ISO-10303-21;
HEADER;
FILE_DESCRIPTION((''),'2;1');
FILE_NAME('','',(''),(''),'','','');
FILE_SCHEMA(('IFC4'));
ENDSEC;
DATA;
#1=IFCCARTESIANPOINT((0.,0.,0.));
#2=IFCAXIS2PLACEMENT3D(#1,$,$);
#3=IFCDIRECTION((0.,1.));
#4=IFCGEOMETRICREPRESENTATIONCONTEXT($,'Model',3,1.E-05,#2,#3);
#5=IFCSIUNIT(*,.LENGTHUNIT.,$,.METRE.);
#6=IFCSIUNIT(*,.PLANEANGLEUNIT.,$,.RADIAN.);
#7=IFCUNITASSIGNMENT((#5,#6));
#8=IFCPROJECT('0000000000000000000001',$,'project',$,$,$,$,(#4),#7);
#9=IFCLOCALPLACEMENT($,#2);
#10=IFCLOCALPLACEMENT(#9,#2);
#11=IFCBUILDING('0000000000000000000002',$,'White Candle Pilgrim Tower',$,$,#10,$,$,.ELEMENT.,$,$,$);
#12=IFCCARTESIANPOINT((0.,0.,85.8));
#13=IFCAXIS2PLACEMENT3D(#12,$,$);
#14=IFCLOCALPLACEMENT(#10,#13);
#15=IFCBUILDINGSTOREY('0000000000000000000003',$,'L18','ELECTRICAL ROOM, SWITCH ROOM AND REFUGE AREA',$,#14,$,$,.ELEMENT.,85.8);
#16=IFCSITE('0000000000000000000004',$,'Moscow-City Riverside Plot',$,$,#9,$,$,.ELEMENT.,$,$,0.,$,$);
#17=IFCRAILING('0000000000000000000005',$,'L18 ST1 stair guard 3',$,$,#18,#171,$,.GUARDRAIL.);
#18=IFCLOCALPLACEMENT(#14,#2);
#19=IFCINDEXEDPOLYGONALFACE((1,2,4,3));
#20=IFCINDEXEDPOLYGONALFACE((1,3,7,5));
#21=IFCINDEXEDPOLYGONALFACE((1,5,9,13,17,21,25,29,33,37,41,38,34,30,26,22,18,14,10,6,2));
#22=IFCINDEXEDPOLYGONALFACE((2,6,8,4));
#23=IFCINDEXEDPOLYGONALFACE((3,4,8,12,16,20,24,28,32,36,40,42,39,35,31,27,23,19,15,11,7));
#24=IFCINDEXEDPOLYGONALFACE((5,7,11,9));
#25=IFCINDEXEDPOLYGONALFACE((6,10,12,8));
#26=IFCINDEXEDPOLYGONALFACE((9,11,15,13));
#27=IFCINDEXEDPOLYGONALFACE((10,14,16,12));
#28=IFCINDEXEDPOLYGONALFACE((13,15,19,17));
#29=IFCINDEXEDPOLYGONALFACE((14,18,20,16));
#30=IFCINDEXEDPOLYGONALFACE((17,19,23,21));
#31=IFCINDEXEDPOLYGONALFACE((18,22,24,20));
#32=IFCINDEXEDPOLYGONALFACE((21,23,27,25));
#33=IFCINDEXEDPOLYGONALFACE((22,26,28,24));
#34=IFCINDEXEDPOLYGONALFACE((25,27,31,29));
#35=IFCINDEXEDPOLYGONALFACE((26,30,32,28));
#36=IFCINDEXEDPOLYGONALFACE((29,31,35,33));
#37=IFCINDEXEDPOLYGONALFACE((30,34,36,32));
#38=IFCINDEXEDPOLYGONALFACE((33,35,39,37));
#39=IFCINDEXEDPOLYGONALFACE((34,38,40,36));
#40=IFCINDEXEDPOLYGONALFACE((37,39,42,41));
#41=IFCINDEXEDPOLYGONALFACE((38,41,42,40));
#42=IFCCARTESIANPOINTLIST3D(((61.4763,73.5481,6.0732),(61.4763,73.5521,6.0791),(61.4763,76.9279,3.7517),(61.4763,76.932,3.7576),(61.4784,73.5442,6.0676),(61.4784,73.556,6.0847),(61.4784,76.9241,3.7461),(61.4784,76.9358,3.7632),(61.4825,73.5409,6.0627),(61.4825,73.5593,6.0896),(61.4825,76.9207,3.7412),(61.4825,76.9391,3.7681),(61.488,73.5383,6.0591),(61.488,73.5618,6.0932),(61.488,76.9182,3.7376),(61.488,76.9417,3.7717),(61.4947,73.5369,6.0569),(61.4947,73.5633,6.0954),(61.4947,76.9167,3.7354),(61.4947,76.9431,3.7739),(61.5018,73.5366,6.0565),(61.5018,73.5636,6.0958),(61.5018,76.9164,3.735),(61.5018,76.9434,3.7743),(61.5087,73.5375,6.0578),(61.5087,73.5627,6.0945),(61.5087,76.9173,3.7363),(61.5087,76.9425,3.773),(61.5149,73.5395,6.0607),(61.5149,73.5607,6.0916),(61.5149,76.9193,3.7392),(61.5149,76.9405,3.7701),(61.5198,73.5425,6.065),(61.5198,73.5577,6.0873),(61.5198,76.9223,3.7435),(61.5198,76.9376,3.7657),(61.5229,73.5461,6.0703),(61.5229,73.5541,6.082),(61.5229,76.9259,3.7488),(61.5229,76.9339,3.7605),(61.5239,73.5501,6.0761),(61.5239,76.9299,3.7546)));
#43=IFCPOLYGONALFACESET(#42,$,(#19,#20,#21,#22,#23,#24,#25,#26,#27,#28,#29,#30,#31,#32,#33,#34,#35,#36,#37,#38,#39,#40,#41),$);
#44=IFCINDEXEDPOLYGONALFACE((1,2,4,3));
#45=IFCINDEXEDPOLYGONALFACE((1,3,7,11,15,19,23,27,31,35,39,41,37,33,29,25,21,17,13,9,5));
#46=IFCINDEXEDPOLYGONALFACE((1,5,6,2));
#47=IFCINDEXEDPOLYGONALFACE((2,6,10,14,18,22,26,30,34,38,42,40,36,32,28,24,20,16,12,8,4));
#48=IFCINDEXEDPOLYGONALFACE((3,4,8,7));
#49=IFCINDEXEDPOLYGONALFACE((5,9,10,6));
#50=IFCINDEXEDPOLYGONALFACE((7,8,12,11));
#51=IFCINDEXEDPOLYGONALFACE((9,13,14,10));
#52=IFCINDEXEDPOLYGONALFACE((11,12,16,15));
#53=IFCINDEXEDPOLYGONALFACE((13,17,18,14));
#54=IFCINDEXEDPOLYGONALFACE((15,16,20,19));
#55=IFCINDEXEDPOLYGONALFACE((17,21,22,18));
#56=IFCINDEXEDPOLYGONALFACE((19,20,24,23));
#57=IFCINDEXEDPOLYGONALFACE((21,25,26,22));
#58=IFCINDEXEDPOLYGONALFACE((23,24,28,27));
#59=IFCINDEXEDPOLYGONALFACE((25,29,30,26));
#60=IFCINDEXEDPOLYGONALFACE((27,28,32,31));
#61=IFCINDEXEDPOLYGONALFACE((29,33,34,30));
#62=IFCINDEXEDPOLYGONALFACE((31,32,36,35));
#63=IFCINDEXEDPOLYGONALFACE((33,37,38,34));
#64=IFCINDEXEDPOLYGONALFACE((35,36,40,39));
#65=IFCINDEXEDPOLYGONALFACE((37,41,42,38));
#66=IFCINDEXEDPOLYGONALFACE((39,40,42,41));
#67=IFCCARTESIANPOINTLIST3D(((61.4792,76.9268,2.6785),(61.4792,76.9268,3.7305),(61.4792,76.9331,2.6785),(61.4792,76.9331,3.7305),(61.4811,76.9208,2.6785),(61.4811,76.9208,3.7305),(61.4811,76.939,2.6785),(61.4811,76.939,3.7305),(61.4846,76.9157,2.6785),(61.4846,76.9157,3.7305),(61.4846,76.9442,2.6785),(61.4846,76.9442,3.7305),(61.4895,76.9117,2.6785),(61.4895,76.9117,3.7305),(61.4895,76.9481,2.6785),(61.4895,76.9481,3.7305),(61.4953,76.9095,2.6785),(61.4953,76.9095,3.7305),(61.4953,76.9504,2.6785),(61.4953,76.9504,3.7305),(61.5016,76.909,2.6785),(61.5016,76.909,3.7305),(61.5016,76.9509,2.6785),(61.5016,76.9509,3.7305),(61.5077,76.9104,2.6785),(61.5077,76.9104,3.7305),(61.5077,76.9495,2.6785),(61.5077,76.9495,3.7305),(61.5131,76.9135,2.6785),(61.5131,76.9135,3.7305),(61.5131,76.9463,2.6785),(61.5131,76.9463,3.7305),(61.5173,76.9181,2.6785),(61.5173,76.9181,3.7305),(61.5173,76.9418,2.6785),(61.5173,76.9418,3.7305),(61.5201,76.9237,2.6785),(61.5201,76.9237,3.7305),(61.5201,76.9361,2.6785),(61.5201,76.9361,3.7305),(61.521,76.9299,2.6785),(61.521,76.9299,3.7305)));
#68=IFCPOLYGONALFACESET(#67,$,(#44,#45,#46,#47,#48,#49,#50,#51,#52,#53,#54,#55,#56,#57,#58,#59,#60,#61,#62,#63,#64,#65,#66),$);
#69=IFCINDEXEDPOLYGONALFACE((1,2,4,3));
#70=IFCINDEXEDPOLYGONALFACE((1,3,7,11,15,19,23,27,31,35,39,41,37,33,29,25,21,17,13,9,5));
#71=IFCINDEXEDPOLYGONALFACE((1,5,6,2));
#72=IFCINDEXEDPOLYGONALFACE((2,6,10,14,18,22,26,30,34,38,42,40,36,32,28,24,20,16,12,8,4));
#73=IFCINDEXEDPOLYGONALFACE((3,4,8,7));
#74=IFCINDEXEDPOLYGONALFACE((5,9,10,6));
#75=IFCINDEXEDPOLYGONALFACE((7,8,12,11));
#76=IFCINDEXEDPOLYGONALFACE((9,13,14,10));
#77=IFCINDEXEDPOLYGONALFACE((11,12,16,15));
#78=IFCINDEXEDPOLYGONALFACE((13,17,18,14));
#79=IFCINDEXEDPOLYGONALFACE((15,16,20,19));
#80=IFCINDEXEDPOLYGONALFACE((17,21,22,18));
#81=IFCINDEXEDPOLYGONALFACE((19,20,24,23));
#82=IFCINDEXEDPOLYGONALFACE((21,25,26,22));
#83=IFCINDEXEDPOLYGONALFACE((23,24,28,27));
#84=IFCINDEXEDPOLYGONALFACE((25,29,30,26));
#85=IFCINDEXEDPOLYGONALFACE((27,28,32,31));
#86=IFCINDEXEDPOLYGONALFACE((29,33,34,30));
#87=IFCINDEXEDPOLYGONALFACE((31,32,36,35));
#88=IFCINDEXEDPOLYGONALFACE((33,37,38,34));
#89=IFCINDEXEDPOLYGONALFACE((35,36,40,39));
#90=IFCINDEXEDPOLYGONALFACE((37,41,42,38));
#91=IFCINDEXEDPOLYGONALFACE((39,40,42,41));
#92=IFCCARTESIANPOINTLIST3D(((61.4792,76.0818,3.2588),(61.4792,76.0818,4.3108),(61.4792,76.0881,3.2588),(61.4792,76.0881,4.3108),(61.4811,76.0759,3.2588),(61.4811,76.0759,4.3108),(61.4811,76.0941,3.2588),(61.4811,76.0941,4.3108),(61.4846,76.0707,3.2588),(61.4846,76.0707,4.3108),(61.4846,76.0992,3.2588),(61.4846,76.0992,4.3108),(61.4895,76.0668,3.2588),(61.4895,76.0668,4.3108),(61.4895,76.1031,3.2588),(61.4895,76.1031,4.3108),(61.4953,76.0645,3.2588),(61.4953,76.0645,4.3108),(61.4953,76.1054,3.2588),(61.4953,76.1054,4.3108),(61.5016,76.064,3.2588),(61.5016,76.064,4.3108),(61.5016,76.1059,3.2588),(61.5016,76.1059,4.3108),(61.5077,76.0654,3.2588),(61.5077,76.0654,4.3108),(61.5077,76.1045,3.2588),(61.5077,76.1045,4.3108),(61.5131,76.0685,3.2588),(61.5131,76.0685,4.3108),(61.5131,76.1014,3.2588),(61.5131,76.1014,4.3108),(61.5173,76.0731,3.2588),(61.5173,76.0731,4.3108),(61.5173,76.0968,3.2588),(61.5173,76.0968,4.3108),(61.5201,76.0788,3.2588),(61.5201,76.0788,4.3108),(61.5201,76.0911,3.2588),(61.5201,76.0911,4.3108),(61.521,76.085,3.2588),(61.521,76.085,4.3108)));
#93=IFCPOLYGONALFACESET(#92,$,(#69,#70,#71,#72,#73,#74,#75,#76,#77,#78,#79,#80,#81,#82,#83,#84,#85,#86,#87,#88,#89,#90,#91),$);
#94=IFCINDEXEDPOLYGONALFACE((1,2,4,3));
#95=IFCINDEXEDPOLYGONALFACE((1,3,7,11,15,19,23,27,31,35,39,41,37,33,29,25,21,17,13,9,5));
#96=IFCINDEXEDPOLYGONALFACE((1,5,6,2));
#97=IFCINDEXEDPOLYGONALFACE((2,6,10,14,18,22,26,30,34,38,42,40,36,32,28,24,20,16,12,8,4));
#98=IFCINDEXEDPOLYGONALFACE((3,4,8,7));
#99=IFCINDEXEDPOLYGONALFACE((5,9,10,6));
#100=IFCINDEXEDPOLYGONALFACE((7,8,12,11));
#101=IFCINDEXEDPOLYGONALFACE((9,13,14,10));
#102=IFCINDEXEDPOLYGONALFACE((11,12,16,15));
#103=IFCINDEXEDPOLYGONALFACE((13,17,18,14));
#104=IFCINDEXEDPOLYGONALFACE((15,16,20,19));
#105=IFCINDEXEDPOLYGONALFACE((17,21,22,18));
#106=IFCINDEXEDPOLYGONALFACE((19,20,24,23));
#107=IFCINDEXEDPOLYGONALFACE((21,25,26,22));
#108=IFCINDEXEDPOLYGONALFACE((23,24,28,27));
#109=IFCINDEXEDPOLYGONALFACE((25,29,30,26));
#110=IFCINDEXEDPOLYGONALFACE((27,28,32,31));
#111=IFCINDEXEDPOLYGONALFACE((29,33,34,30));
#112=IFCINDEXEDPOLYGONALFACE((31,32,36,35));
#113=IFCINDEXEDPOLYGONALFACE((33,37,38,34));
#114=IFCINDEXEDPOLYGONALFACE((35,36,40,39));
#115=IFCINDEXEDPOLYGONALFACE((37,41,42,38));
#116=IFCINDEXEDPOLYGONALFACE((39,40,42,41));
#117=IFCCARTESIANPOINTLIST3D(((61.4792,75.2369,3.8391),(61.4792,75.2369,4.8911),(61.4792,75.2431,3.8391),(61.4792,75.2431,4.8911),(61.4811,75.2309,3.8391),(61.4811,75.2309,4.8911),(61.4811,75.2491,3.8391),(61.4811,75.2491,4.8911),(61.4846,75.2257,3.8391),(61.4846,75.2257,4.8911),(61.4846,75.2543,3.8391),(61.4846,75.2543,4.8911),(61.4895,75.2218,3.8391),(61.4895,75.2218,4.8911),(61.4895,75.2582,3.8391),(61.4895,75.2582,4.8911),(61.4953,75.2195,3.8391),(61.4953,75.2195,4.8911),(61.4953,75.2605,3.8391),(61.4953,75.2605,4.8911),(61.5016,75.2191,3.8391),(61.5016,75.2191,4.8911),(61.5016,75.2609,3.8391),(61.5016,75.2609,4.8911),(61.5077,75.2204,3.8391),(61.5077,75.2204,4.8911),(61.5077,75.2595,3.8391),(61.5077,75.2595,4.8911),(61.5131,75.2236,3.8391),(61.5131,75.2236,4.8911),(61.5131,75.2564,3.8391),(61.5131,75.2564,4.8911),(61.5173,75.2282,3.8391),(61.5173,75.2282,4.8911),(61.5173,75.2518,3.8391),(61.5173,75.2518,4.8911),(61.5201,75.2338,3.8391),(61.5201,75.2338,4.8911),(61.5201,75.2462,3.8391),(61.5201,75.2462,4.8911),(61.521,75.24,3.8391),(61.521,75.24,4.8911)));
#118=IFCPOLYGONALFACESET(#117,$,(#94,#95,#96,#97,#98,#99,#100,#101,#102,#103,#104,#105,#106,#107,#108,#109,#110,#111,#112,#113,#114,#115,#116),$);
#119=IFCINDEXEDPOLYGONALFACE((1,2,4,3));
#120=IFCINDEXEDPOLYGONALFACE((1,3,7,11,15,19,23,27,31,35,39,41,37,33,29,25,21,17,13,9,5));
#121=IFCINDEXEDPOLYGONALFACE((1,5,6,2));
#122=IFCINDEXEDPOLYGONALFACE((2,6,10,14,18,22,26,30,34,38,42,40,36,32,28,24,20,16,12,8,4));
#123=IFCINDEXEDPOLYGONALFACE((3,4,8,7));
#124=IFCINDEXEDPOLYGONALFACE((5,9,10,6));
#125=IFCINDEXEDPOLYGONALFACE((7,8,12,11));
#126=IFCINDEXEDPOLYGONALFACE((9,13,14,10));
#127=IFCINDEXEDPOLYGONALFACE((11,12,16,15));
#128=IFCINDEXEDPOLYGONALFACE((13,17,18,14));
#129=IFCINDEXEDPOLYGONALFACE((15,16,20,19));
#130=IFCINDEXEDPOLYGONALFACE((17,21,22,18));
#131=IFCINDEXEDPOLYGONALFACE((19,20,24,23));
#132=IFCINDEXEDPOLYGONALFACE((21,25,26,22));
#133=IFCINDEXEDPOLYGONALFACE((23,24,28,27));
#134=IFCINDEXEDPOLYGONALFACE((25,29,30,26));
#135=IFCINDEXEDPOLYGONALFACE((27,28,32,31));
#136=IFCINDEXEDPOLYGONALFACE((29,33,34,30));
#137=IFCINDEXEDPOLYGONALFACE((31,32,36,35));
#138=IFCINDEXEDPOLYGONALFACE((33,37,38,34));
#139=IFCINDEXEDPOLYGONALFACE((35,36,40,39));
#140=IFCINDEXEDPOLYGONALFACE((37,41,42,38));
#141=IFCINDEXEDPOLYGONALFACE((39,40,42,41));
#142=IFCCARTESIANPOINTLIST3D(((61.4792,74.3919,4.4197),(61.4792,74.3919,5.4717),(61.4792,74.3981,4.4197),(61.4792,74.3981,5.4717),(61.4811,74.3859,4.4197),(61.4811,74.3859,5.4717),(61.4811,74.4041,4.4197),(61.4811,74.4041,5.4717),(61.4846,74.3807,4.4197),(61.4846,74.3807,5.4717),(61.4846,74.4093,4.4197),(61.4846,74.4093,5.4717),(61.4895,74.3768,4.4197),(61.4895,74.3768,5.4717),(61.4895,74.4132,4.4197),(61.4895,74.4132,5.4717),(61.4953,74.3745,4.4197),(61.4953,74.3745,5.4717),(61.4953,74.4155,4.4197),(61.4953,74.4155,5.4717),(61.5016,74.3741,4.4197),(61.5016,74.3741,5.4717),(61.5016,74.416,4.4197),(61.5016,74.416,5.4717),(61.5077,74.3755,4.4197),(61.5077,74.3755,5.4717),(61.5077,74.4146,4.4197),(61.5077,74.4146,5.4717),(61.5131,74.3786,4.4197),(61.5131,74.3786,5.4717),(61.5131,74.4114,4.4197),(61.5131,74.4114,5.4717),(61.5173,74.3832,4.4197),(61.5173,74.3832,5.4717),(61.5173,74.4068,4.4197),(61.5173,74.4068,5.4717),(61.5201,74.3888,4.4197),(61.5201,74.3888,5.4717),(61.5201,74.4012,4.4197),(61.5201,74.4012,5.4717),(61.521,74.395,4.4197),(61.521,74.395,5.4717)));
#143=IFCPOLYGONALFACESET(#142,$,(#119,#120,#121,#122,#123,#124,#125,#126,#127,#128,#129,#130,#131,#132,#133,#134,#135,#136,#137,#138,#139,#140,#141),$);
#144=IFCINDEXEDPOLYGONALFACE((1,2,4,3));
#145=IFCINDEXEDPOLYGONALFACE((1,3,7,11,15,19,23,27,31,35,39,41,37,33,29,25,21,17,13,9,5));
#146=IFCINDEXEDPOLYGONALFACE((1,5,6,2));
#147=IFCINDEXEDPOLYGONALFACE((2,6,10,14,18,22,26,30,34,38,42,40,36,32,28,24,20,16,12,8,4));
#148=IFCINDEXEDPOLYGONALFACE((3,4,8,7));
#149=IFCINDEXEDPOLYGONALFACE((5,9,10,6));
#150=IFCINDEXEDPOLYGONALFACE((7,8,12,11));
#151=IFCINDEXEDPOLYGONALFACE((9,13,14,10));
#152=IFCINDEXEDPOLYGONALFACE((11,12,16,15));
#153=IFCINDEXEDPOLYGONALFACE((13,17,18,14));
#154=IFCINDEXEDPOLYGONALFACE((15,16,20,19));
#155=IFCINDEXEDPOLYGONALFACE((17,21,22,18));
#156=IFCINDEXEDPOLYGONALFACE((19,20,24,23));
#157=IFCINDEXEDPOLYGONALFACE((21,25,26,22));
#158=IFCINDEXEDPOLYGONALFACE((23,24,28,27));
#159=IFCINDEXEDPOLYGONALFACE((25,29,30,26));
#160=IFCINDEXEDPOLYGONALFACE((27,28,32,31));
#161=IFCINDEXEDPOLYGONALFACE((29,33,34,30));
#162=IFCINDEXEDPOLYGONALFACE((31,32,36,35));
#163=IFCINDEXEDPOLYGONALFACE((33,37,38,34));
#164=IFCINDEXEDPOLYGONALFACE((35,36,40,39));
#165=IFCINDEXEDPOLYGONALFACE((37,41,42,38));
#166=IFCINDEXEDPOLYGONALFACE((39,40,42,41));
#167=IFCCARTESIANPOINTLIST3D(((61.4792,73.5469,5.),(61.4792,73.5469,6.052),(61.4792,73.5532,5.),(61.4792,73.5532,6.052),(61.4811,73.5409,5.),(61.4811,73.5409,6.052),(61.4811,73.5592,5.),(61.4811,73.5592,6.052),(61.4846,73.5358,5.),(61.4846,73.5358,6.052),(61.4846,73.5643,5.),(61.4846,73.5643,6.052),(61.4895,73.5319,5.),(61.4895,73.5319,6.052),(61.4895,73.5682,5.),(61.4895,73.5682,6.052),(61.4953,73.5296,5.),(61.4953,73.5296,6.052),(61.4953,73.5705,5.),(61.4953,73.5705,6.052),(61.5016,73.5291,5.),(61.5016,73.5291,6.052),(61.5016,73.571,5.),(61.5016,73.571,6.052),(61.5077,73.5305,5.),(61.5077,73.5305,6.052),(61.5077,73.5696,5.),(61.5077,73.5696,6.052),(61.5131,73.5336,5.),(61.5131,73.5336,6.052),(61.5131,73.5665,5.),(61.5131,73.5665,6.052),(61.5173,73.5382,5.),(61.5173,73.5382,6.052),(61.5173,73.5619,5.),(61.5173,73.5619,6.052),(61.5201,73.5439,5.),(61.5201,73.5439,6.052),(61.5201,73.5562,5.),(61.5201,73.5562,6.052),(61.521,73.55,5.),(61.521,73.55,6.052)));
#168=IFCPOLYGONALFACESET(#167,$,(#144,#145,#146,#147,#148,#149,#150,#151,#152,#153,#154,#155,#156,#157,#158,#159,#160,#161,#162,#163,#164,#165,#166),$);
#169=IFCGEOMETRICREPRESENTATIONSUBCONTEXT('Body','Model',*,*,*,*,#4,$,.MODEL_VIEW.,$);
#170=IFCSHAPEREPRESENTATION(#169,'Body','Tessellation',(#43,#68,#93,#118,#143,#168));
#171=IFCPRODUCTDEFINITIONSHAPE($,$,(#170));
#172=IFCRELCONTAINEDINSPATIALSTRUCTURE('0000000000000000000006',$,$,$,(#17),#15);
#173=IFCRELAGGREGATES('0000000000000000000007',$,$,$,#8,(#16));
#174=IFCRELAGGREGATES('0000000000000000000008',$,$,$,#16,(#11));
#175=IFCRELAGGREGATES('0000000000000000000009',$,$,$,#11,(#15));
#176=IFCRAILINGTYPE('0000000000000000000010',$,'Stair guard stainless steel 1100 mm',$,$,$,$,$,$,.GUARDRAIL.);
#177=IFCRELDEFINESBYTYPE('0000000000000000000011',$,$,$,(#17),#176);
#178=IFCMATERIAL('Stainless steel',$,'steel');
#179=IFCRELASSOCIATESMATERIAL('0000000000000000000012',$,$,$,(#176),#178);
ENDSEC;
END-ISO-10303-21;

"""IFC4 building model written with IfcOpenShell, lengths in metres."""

from ifc_helpers import new_model, si_unit, direction, frame, origin, origin_2d, place, context, subcontext, project, spatial, circle, extrude, material, type_object, element, save


model = new_model("IFC4")

# Units and contexts
model_context = context("Model", 3, precision=1e-05, world=origin(), true_north=direction((0.0, 1.0)))
body_context = subcontext(model_context, "Body", "Model", "MODEL_VIEW")
ifc_project = project(units=[si_unit("LENGTHUNIT", "METRE"), si_unit("PLANEANGLEUNIT", "RADIAN")], contexts=[model_context])

# Site, building, storey
site_placement = place(None, origin())
site = spatial("IfcSite", under=ifc_project, at=site_placement, Name="Moscow-City Riverside Plot", CompositionType="ELEMENT", RefElevation=0.0)
building_placement = place(site_placement, origin())
building = spatial("IfcBuilding", under=site, at=building_placement, Name="White Candle Pilgrim Tower", CompositionType="ELEMENT")
storey_placement = place(building_placement, frame((0.0, 0.0, 85.8)))
storey = spatial("IfcBuildingStorey", under=building, at=storey_placement, Name="L18", Description="ELECTRICAL ROOM, SWITCH ROOM AND REFUGE AREA", CompositionType="ELEMENT", Elevation=85.8)

# Shared definitions
ifc_material_1 = material(Name="Stainless steel", Category="steel")

# Railing
railing_type_1 = type_object("IfcRailingType", Name="Stair guard stainless steel 1100 mm", PredefinedType="GUARDRAIL", material=ifc_material_1)
railing_1_placement = place(storey_placement, frame((61.5, 76.9299, 2.6785)))
element("IfcRailing", 1, at=railing_1_placement, inside=storey, type_object=railing_type_1, Name="L18 ST1 stair guard 3", PredefinedType="GUARDRAIL", context=body_context, shape_type="SweptSolid", body=[
    extrude(circle(Radius=0.0239, at=origin_2d()), frame((0.0, 0.0, 1.0762), z_axis=(0.0, -0.824285, 0.566175), x_axis=(1.0, 0.0, 0.0)), (0.0, 0.0, 1.0), 4.1003),
    extrude(circle(Radius=0.021, at=origin_2d()), origin(), (0.0, 0.0, 1.0), 1.052),
    extrude(circle(Radius=0.021, at=origin_2d()), frame((0.0, -0.845, 0.5803)), (0.0, 0.0, 1.0), 1.052),
    extrude(circle(Radius=0.021, at=origin_2d()), frame((0.0, -1.6899, 1.1606)), (0.0, 0.0, 1.0), 1.052),
    extrude(circle(Radius=0.021, at=origin_2d()), frame((0.0, -2.5349, 1.7412)), (0.0, 0.0, 1.0), 1.052),
    extrude(circle(Radius=0.021, at=origin_2d()), frame((0.0, -3.3799, 2.3215)), (0.0, 0.0, 1.0), 1.052),
])

save(model, "model.ifc")
